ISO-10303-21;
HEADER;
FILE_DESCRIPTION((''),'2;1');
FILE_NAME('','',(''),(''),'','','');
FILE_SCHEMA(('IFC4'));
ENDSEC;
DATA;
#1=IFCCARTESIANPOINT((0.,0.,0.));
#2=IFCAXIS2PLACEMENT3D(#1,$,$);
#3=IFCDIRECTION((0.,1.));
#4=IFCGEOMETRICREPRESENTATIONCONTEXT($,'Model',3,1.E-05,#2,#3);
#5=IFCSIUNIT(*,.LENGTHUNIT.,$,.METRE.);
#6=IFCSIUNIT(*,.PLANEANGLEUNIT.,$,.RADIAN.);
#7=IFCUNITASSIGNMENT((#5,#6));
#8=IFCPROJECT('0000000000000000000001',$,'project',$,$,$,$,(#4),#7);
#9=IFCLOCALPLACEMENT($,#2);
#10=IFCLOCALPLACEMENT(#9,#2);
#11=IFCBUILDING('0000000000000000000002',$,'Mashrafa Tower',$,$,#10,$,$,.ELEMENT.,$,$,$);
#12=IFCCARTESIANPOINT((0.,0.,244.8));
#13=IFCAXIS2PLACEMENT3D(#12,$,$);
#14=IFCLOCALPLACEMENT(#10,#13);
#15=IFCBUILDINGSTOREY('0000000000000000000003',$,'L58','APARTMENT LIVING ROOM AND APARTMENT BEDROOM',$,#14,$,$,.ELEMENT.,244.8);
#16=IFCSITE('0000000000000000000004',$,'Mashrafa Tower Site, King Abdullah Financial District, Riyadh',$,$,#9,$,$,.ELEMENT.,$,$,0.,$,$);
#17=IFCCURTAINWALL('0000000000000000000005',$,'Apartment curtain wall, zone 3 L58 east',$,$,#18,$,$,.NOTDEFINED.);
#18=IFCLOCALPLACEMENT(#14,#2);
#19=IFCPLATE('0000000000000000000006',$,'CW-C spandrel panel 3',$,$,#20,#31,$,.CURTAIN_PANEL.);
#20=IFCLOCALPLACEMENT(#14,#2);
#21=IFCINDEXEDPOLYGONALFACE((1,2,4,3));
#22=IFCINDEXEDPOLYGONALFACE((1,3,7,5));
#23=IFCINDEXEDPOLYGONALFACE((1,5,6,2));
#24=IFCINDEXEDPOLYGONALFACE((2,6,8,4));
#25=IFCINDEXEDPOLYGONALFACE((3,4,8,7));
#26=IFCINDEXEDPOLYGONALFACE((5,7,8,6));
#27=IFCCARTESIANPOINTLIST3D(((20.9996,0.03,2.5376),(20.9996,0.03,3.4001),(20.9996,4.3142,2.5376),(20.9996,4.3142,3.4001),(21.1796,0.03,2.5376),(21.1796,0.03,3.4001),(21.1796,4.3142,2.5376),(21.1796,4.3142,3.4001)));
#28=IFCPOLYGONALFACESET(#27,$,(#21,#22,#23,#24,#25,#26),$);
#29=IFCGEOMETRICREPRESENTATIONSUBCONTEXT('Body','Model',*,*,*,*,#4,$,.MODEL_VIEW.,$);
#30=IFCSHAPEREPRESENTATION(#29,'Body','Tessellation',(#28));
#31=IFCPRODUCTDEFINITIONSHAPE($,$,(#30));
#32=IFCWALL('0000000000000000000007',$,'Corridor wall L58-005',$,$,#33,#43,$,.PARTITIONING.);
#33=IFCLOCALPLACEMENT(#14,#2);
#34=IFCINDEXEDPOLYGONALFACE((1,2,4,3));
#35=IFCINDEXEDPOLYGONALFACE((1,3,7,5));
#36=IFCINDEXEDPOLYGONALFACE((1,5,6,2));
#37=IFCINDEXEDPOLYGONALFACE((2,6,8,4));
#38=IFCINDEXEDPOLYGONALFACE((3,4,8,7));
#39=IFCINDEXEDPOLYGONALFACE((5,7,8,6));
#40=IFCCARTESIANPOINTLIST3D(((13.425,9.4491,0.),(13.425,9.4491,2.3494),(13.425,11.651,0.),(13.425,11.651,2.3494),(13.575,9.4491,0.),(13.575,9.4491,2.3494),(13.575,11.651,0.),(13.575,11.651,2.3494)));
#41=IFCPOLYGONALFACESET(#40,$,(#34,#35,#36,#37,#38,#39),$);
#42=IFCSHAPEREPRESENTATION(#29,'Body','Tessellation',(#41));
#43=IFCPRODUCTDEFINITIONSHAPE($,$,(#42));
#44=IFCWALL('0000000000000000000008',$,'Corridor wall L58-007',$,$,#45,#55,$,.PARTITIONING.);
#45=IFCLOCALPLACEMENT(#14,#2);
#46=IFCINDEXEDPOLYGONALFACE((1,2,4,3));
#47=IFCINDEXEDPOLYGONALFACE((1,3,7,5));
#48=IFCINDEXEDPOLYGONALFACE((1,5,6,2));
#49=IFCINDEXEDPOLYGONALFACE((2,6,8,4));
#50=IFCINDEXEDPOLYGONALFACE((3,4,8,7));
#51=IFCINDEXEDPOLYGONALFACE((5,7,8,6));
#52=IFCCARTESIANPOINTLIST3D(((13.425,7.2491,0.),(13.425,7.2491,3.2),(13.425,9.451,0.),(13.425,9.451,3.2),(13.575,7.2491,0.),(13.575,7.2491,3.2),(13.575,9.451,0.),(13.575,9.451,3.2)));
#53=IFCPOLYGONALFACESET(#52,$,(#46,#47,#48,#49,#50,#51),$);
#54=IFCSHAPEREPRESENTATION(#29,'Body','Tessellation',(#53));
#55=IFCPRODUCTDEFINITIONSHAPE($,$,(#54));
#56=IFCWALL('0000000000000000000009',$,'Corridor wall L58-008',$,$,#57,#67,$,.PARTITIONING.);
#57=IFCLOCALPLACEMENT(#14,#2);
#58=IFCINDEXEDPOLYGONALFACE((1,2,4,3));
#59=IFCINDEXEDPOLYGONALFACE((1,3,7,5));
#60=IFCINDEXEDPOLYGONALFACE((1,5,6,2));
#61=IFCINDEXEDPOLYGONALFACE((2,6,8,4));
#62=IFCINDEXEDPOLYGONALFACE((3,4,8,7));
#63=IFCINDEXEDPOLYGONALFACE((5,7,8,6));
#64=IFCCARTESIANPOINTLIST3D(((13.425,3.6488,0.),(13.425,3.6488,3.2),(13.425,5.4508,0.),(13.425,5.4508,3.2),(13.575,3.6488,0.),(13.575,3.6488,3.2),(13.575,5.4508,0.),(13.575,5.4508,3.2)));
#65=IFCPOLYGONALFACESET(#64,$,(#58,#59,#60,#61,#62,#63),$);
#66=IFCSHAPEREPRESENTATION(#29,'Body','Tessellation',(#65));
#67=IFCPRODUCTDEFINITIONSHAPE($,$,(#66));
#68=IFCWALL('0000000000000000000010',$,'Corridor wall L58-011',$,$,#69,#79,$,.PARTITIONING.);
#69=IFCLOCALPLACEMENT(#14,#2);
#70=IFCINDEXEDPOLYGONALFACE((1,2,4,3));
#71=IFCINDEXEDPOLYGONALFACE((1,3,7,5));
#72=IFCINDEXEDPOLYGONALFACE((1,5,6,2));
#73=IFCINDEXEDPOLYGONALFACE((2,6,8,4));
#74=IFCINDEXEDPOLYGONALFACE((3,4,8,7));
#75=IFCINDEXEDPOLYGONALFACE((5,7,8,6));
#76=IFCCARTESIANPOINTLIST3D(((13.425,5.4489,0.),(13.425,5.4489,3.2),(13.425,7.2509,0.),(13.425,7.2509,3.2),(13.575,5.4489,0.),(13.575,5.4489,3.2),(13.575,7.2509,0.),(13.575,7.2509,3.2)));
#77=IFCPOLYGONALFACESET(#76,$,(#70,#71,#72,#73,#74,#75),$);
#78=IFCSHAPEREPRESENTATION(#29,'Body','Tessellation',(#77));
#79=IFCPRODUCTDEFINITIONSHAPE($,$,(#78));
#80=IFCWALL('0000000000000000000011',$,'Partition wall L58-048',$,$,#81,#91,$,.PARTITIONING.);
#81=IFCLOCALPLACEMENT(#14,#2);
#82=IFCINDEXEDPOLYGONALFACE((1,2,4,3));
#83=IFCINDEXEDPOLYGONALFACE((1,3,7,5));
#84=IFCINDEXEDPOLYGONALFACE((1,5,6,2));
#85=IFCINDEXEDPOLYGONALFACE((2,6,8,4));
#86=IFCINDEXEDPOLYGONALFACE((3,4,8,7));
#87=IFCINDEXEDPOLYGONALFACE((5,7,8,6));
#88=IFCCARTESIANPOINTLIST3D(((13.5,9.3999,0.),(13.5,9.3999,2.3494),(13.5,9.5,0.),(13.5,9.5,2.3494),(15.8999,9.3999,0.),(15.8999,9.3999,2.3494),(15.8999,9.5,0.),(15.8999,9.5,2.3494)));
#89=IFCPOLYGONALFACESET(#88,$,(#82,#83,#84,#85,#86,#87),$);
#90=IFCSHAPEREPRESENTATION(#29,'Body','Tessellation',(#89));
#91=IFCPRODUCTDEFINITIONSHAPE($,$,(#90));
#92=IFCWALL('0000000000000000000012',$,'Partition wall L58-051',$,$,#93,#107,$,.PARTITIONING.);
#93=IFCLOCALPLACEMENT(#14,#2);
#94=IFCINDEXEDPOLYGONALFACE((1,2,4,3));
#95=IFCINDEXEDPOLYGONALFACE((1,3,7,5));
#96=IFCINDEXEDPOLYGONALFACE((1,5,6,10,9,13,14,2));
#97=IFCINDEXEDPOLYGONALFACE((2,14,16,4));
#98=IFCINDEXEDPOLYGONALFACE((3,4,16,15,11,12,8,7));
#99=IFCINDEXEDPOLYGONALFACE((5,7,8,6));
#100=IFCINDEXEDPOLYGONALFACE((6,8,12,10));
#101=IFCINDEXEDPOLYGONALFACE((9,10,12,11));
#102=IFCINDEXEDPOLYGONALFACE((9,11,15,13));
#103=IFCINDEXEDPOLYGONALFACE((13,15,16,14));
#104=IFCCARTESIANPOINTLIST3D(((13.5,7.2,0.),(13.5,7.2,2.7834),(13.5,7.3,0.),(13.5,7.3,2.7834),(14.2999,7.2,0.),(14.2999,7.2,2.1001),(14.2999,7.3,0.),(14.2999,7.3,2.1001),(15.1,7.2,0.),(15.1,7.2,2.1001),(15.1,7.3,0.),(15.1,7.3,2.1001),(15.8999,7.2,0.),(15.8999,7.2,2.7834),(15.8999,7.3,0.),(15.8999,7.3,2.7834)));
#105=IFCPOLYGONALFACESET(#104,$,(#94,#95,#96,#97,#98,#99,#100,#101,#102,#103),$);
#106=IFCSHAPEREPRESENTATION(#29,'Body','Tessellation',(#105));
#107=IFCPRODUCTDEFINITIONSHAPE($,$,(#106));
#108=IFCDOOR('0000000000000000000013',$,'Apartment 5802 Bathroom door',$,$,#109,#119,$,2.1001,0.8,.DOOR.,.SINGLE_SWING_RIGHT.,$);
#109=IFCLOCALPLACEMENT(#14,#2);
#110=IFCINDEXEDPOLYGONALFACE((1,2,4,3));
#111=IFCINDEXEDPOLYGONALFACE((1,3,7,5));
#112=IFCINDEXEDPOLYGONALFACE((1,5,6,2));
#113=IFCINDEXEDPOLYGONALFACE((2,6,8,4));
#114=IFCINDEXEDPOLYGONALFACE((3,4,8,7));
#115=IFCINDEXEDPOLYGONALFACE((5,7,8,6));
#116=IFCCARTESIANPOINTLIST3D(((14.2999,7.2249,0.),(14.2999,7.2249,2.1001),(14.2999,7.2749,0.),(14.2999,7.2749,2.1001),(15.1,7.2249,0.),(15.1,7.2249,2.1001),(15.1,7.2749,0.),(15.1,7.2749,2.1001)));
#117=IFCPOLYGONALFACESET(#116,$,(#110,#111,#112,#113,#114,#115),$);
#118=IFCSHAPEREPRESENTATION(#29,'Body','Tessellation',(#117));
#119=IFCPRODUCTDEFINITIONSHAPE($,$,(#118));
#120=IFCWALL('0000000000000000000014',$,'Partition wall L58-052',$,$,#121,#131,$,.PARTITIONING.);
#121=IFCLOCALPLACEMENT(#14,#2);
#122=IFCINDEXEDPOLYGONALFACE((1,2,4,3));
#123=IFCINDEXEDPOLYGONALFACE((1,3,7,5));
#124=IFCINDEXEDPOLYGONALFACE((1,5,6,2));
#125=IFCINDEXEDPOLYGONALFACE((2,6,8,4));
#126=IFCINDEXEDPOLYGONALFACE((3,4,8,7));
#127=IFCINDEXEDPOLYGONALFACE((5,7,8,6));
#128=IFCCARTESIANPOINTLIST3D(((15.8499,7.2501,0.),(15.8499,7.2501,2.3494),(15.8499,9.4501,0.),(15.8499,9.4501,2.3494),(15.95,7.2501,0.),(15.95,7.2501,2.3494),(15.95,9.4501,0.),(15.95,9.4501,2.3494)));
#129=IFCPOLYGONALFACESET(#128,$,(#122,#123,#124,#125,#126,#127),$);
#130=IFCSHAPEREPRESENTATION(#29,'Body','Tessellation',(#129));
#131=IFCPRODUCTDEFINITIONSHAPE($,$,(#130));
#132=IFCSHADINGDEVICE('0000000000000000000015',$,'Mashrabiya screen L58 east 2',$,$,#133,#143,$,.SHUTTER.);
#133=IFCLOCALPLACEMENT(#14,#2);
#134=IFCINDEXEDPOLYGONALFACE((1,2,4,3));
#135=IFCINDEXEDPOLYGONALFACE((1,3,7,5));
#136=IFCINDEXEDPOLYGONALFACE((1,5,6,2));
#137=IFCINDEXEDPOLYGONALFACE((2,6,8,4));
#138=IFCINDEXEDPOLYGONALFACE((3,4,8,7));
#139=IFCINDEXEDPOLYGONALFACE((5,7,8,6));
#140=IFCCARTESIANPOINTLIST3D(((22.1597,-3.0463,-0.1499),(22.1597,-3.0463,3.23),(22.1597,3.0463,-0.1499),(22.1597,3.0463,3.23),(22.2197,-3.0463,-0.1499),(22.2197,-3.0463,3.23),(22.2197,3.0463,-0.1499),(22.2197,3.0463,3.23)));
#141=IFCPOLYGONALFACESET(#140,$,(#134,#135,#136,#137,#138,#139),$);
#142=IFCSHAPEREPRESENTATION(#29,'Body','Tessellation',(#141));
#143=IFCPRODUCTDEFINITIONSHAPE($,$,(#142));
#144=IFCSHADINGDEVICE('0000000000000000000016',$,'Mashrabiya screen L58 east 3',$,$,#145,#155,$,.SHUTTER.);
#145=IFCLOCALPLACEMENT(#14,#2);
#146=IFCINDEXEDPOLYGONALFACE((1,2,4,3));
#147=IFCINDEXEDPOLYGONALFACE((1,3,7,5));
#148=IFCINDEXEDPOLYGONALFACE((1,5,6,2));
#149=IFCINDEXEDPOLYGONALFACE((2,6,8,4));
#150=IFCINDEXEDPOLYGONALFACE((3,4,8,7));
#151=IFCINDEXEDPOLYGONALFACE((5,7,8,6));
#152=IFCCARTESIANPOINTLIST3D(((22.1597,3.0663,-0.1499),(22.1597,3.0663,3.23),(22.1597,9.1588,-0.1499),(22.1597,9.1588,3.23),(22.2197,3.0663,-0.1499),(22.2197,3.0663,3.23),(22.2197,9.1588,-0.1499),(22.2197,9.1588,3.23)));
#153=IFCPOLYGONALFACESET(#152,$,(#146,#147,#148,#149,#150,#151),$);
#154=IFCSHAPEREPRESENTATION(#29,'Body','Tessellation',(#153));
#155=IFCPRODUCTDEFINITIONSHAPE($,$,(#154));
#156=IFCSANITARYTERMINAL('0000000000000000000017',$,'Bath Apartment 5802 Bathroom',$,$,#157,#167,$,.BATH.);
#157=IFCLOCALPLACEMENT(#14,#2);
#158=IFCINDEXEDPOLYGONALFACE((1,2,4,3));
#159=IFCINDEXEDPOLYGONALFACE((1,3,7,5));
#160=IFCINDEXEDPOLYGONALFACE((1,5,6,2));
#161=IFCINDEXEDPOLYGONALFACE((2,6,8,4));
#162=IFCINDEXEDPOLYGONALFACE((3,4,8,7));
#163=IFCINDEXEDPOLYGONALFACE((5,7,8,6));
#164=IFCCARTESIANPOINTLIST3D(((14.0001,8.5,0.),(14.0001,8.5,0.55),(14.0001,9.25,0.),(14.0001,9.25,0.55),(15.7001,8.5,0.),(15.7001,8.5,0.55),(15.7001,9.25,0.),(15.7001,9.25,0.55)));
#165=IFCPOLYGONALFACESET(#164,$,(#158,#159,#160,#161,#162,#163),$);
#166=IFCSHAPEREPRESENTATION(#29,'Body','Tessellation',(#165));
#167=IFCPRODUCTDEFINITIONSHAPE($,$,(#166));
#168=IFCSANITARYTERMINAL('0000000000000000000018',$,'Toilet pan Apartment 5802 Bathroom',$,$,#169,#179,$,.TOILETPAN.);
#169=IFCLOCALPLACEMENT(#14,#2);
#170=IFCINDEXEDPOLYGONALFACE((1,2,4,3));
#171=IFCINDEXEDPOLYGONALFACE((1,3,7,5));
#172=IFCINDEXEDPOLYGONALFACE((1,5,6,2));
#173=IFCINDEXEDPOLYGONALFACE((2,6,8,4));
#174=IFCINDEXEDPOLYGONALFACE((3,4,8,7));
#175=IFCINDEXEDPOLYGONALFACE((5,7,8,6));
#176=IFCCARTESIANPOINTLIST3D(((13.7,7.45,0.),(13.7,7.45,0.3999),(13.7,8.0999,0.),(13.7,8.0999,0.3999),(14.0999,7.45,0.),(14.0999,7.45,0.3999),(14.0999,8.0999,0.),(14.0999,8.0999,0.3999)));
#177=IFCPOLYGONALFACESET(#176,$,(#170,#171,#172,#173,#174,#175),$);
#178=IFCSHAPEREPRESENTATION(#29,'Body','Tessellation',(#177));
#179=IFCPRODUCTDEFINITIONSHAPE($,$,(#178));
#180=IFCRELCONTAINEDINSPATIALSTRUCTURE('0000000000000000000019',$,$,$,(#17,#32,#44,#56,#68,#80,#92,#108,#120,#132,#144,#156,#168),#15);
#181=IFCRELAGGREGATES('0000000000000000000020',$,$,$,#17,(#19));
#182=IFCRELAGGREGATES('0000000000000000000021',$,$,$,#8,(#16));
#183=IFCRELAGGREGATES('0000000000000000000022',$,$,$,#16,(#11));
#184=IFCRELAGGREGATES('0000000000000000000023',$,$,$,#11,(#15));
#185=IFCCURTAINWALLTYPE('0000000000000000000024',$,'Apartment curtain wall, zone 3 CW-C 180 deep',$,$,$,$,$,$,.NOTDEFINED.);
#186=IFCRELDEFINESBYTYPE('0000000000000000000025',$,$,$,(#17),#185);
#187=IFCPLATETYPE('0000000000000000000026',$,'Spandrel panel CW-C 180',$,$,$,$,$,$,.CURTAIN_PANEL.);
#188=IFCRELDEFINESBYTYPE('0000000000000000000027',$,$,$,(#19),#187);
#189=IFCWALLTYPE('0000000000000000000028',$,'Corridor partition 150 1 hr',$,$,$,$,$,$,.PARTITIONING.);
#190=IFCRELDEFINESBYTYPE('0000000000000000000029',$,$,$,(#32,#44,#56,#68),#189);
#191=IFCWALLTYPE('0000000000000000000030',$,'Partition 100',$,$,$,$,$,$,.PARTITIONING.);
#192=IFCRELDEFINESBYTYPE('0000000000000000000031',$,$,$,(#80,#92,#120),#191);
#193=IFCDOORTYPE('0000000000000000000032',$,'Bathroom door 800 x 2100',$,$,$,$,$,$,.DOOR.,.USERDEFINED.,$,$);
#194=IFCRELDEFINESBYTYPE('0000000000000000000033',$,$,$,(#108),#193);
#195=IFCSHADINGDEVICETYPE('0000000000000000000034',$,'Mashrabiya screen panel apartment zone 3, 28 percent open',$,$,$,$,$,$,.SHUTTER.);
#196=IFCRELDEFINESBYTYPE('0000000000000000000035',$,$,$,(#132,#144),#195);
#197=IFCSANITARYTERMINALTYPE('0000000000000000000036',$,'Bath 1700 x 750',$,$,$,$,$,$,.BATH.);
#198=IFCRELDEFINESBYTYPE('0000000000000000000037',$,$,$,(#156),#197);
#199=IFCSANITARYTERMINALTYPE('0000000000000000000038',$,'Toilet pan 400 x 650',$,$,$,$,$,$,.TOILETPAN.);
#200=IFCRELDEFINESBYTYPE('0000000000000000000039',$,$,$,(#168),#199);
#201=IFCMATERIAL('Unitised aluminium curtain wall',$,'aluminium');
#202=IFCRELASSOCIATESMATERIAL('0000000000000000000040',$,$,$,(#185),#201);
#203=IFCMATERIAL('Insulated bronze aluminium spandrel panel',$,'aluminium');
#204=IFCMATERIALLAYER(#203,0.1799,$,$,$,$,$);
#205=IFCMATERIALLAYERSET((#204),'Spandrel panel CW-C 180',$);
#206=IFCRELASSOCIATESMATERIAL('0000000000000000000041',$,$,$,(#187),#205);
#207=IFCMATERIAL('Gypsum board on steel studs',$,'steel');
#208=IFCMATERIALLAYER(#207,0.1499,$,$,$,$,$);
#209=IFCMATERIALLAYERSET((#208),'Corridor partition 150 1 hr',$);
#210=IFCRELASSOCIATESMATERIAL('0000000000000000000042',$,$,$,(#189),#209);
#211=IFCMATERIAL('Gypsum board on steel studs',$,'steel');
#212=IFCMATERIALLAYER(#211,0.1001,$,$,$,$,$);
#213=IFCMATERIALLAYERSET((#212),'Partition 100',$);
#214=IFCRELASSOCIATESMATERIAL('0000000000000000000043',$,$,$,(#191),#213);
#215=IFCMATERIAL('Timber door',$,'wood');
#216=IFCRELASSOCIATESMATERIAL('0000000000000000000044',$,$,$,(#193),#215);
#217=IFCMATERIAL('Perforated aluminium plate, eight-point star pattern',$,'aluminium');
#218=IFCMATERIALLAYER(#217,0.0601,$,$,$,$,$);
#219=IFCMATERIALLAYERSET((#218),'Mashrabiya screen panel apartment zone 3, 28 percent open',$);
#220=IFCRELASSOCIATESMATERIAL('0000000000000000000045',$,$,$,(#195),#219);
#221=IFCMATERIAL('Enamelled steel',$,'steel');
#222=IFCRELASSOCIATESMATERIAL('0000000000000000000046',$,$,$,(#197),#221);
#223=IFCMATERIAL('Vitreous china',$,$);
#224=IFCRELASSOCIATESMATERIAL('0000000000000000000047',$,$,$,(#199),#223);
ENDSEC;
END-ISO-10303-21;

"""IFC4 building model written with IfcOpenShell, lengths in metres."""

from ifc_helpers import new_model, si_unit, direction, frame, frame_2d, origin, origin_2d, place, context, subcontext, project, spatial, rectangle, extrude, source, transform, mapped, material, layer, layer_set, type_object, type_shapes, element, fill, aggregate, save


model = new_model("IFC4")

# Units and contexts
model_context = context("Model", 3, precision=1e-05, world=origin(), true_north=direction((0.0, 1.0)))
body_context = subcontext(model_context, "Body", "Model", "MODEL_VIEW")
ifc_project = project(units=[si_unit("LENGTHUNIT", "METRE"), si_unit("PLANEANGLEUNIT", "RADIAN")], contexts=[model_context])

# Site, building, storey
site_placement = place(None, origin())
site = spatial("IfcSite", under=ifc_project, at=site_placement, Name="Mashrafa Tower Site, King Abdullah Financial District, Riyadh", CompositionType="ELEMENT", RefElevation=0.0)
building_placement = place(site_placement, origin())
building = spatial("IfcBuilding", under=site, at=building_placement, Name="Mashrafa Tower", CompositionType="ELEMENT")
storey_placement = place(building_placement, frame((0.0, 0.0, 244.8)))
storey = spatial("IfcBuildingStorey", under=building, at=storey_placement, Name="L58", Description="APARTMENT LIVING ROOM AND APARTMENT BEDROOM", CompositionType="ELEMENT", Elevation=244.8)

# Curtain wall
ifc_material_1 = material(Name="Unitised aluminium curtain wall", Category="aluminium")
curtain_wall_type = type_object("IfcCurtainWallType", Name="Apartment curtain wall, zone 3 CW-C 180 deep", PredefinedType="NOTDEFINED", material=ifc_material_1)
curtain_wall_1_placement = place(storey_placement, origin())
curtain_wall_1 = element("IfcCurtainWall", 1, at=curtain_wall_1_placement, inside=storey, type_object=curtain_wall_type, Name="Apartment curtain wall, zone 3 L58 east", PredefinedType="NOTDEFINED")

# Plate
ifc_material_2 = material(Name="Insulated bronze aluminium spandrel panel", Category="aluminium")
ifc_layer_1 = layer(ifc_material_2, 0.1799)
ifc_layer_set_1 = layer_set([ifc_layer_1], Name="Spandrel panel CW-C 180")
plate_type_1 = type_object("IfcPlateType", Name="Spandrel panel CW-C 180", PredefinedType="CURTAIN_PANEL", material=ifc_layer_set_1)
shared_shape_1 = source(origin(), body_context, "Body", "SweptSolid", [
    extrude(rectangle(XDim=4.2842, YDim=0.1799, at=origin_2d()), origin(), (0.0, 0.0, 1.0), 0.8625),
])
plate_1_placement = place(storey_placement, frame((21.0896, 2.1721, 2.5376), z_axis=(0.0, 0.0, 1.0), x_axis=(0.0, 1.0, 0.0)))
plate_1 = element("IfcPlate", 2, at=plate_1_placement, type_object=plate_type_1, Name="CW-C spandrel panel 3", PredefinedType="CURTAIN_PANEL", context=body_context, shape_type="MappedRepresentation", body=[
    mapped(shared_shape_1, transform((0.0, 0.0, 0.0))),
])
aggregate(curtain_wall_1, [plate_1])

# Walls
ifc_material_3 = material(Name="Gypsum board on steel studs", Category="steel")
ifc_layer_2 = layer(ifc_material_3, 0.1499)
ifc_layer_set_2 = layer_set([ifc_layer_2], Name="Corridor partition 150 1 hr")
wall_type_1 = type_object("IfcWallType", Name="Corridor partition 150 1 hr", PredefinedType="PARTITIONING", material=ifc_layer_set_2)
wall_1_placement = place(storey_placement, frame((13.5, 9.449, 0.0), z_axis=(0.0, 0.0, 1.0), x_axis=(0.0, 1.0, 0.0)))
element("IfcWall", 3, at=wall_1_placement, inside=storey, type_object=wall_type_1, Name="Corridor wall L58-005", PredefinedType="PARTITIONING", context=body_context, shape_type="SweptSolid", body=[
    extrude(rectangle(XDim=2.2019, YDim=0.1499, at=frame_2d((1.1011, 0.0))), origin(), (0.0, 0.0, 1.0), 2.3494),
])
wall_2_placement = place(storey_placement, frame((13.5, 7.249, 0.0), z_axis=(0.0, 0.0, 1.0), x_axis=(0.0, 1.0, 0.0)))
element("IfcWall", 4, at=wall_2_placement, inside=storey, type_object=wall_type_1, Name="Corridor wall L58-007", PredefinedType="PARTITIONING", context=body_context, shape_type="SweptSolid", body=[
    extrude(rectangle(XDim=2.2019, YDim=0.1499, at=frame_2d((1.1011, 0.0))), origin(), (0.0, 0.0, 1.0), 3.2),
])
for number, where, z_axis, x_axis, name in (
    (5, (13.5, 3.6489, 0.0), (0.0, 0.0, 1.0), (0.0, 1.0, 0.0), "Corridor wall L58-008"),
    (6, (13.5, 5.449, 0.0), (0.0, 0.0, 1.0), (0.0, 1.0, 0.0), "Corridor wall L58-011"),
):
    element("IfcWall", number, at=place(storey_placement, frame(where, z_axis=z_axis, x_axis=x_axis)), inside=storey, type_object=wall_type_1, Name=name, PredefinedType="PARTITIONING", context=body_context, shape_type="SweptSolid", body=[
        extrude(rectangle(XDim=1.802, YDim=0.1499, at=frame_2d((0.9009, 0.0))), origin(), (0.0, 0.0, 1.0), 3.2),
    ])
ifc_material_4 = material(Name="Gypsum board on steel studs", Category="steel")
ifc_layer_3 = layer(ifc_material_4, 0.1001)
ifc_layer_set_3 = layer_set([ifc_layer_3], Name="Partition 100")
wall_type_2 = type_object("IfcWallType", Name="Partition 100", PredefinedType="PARTITIONING", material=ifc_layer_set_3)
wall_3_placement = place(storey_placement, frame((13.5, 9.45, 0.0), z_axis=(0.0, 0.0, 1.0), x_axis=(1.0, 0.0, 0.0)))
element("IfcWall", 7, at=wall_3_placement, inside=storey, type_object=wall_type_2, Name="Partition wall L58-048", PredefinedType="PARTITIONING", context=body_context, shape_type="SweptSolid", body=[
    extrude(rectangle(XDim=2.3999, YDim=0.1001, at=frame_2d((1.2, 0.0))), origin(), (0.0, 0.0, 1.0), 2.3494),
])

# Wall, opening, door
wall_4_placement = place(storey_placement, frame((13.5, 7.25, 0.0), z_axis=(0.0, 0.0, 1.0), x_axis=(1.0, 0.0, 0.0)))
wall_4 = element("IfcWall", 8, at=wall_4_placement, inside=storey, type_object=wall_type_2, Name="Partition wall L58-051", PredefinedType="PARTITIONING", context=body_context, shape_type="SweptSolid", body=[
    extrude(rectangle(XDim=2.3999, YDim=0.1001, at=frame_2d((1.2, 0.0))), origin(), (0.0, 0.0, 1.0), 2.7834),
])
opening_placement = place(wall_4_placement, frame((0.8, 0.0, 0.0)))
opening = element("IfcOpeningElement", 9, at=opening_placement, cuts=wall_4, PredefinedType="OPENING", context=body_context, shape_type="SweptSolid", body=[
    extrude(rectangle(XDim=0.8, YDim=2.1001, at=frame_2d((0.3999, 1.05))), frame((0.0, 0.0601, 0.0), z_axis=(0.0, -1.0, 0.0), x_axis=(1.0, 0.0, 0.0)), (0.0, 0.0, 1.0), 0.1201),
])
ifc_material_5 = material(Name="Timber door", Category="wood")
door_type = type_object("IfcDoorType", Name="Bathroom door 800 x 2100", OperationType="USERDEFINED", PredefinedType="DOOR", material=ifc_material_5)
door_placement = place(opening_placement, origin())
door = element("IfcDoor", 10, at=door_placement, inside=storey, type_object=door_type, Name="Apartment 5802 Bathroom door", OperationType="SINGLE_SWING_RIGHT", OverallHeight=2.1001, OverallWidth=0.8, PredefinedType="DOOR", context=body_context, shape_type="SweptSolid", body=[
    extrude(rectangle(XDim=0.8, YDim=2.1001, at=frame_2d((0.3999, 1.05))), frame((0.0, 0.0249, 0.0), z_axis=(0.0, -1.0, 0.0), x_axis=(1.0, 0.0, 0.0)), (0.0, 0.0, 1.0), 0.05),
])
fill(opening, door)

# Wall
wall_5_placement = place(storey_placement, frame((15.8999, 7.25, 0.0), z_axis=(0.0, 0.0, 1.0), x_axis=(0.0, 1.0, 0.0)))
element("IfcWall", 11, at=wall_5_placement, inside=storey, type_object=wall_type_2, Name="Partition wall L58-052", PredefinedType="PARTITIONING", context=body_context, shape_type="SweptSolid", body=[
    extrude(rectangle(XDim=2.2, YDim=0.1001, at=frame_2d((1.1001, 0.0))), origin(), (0.0, 0.0, 1.0), 2.3494),
])

# Shading devices
ifc_material_6 = material(Name="Perforated aluminium plate, eight-point star pattern", Category="aluminium")
ifc_layer_4 = layer(ifc_material_6, 0.0601)
ifc_layer_set_4 = layer_set([ifc_layer_4], Name="Mashrabiya screen panel apartment zone 3, 28 percent open")
shading_device_type = type_object("IfcShadingDeviceType", Name="Mashrabiya screen panel apartment zone 3, 28 percent open", PredefinedType="SHUTTER", material=ifc_layer_set_4)
shared_shape_2 = source(origin(), body_context, "Body", "SweptSolid", [
    extrude(rectangle(XDim=6.0925, YDim=0.0601, at=origin_2d()), origin(), (0.0, 0.0, 1.0), 3.3799),
])
type_shapes(shading_device_type, [shared_shape_2])
for number, where, z_axis, x_axis, name in (
    (12, (22.1897, 0.0, -0.1499), (0.0, 0.0, 1.0), (0.0, 1.0, 0.0), "Mashrabiya screen L58 east 2"),
    (13, (22.1897, 6.1125, -0.1499), (0.0, 0.0, 1.0), (0.0, 1.0, 0.0), "Mashrabiya screen L58 east 3"),
):
    element("IfcShadingDevice", number, at=place(storey_placement, frame(where, z_axis=z_axis, x_axis=x_axis)), inside=storey, type_object=shading_device_type, Name=name, PredefinedType="SHUTTER", context=body_context, shape_type="MappedRepresentation", body=[
        mapped(shared_shape_2, transform((0.0, 0.0, 0.0))),
    ])

# Sanitary terminals
ifc_material_7 = material(Name="Enamelled steel", Category="steel")
sanitary_terminal_type_1 = type_object("IfcSanitaryTerminalType", Name="Bath 1700 x 750", PredefinedType="BATH", material=ifc_material_7)
sanitary_terminal_1_placement = place(storey_placement, frame((14.8501, 8.875, 0.0), z_axis=(0.0, 0.0, 1.0), x_axis=(-1.0, 0.0, 0.0)))
element("IfcSanitaryTerminal", 14, at=sanitary_terminal_1_placement, inside=storey, type_object=sanitary_terminal_type_1, Name="Bath Apartment 5802 Bathroom", PredefinedType="BATH", context=body_context, shape_type="SweptSolid", body=[
    extrude(rectangle(XDim=1.7, YDim=0.75, at=origin_2d()), origin(), (0.0, 0.0, 1.0), 0.55),
])
ifc_material_8 = material(Name="Vitreous china")
sanitary_terminal_type_2 = type_object("IfcSanitaryTerminalType", Name="Toilet pan 400 x 650", PredefinedType="TOILETPAN", material=ifc_material_8)
sanitary_terminal_2_placement = place(storey_placement, frame((13.8999, 7.7749, 0.0), z_axis=(0.0, 0.0, 1.0), x_axis=(1.0, 0.0, 0.0)))
element("IfcSanitaryTerminal", 15, at=sanitary_terminal_2_placement, inside=storey, type_object=sanitary_terminal_type_2, Name="Toilet pan Apartment 5802 Bathroom", PredefinedType="TOILETPAN", context=body_context, shape_type="SweptSolid", body=[
    extrude(rectangle(XDim=0.3999, YDim=0.6499, at=origin_2d()), origin(), (0.0, 0.0, 1.0), 0.3999),
])

save(model, "model.ifc")
